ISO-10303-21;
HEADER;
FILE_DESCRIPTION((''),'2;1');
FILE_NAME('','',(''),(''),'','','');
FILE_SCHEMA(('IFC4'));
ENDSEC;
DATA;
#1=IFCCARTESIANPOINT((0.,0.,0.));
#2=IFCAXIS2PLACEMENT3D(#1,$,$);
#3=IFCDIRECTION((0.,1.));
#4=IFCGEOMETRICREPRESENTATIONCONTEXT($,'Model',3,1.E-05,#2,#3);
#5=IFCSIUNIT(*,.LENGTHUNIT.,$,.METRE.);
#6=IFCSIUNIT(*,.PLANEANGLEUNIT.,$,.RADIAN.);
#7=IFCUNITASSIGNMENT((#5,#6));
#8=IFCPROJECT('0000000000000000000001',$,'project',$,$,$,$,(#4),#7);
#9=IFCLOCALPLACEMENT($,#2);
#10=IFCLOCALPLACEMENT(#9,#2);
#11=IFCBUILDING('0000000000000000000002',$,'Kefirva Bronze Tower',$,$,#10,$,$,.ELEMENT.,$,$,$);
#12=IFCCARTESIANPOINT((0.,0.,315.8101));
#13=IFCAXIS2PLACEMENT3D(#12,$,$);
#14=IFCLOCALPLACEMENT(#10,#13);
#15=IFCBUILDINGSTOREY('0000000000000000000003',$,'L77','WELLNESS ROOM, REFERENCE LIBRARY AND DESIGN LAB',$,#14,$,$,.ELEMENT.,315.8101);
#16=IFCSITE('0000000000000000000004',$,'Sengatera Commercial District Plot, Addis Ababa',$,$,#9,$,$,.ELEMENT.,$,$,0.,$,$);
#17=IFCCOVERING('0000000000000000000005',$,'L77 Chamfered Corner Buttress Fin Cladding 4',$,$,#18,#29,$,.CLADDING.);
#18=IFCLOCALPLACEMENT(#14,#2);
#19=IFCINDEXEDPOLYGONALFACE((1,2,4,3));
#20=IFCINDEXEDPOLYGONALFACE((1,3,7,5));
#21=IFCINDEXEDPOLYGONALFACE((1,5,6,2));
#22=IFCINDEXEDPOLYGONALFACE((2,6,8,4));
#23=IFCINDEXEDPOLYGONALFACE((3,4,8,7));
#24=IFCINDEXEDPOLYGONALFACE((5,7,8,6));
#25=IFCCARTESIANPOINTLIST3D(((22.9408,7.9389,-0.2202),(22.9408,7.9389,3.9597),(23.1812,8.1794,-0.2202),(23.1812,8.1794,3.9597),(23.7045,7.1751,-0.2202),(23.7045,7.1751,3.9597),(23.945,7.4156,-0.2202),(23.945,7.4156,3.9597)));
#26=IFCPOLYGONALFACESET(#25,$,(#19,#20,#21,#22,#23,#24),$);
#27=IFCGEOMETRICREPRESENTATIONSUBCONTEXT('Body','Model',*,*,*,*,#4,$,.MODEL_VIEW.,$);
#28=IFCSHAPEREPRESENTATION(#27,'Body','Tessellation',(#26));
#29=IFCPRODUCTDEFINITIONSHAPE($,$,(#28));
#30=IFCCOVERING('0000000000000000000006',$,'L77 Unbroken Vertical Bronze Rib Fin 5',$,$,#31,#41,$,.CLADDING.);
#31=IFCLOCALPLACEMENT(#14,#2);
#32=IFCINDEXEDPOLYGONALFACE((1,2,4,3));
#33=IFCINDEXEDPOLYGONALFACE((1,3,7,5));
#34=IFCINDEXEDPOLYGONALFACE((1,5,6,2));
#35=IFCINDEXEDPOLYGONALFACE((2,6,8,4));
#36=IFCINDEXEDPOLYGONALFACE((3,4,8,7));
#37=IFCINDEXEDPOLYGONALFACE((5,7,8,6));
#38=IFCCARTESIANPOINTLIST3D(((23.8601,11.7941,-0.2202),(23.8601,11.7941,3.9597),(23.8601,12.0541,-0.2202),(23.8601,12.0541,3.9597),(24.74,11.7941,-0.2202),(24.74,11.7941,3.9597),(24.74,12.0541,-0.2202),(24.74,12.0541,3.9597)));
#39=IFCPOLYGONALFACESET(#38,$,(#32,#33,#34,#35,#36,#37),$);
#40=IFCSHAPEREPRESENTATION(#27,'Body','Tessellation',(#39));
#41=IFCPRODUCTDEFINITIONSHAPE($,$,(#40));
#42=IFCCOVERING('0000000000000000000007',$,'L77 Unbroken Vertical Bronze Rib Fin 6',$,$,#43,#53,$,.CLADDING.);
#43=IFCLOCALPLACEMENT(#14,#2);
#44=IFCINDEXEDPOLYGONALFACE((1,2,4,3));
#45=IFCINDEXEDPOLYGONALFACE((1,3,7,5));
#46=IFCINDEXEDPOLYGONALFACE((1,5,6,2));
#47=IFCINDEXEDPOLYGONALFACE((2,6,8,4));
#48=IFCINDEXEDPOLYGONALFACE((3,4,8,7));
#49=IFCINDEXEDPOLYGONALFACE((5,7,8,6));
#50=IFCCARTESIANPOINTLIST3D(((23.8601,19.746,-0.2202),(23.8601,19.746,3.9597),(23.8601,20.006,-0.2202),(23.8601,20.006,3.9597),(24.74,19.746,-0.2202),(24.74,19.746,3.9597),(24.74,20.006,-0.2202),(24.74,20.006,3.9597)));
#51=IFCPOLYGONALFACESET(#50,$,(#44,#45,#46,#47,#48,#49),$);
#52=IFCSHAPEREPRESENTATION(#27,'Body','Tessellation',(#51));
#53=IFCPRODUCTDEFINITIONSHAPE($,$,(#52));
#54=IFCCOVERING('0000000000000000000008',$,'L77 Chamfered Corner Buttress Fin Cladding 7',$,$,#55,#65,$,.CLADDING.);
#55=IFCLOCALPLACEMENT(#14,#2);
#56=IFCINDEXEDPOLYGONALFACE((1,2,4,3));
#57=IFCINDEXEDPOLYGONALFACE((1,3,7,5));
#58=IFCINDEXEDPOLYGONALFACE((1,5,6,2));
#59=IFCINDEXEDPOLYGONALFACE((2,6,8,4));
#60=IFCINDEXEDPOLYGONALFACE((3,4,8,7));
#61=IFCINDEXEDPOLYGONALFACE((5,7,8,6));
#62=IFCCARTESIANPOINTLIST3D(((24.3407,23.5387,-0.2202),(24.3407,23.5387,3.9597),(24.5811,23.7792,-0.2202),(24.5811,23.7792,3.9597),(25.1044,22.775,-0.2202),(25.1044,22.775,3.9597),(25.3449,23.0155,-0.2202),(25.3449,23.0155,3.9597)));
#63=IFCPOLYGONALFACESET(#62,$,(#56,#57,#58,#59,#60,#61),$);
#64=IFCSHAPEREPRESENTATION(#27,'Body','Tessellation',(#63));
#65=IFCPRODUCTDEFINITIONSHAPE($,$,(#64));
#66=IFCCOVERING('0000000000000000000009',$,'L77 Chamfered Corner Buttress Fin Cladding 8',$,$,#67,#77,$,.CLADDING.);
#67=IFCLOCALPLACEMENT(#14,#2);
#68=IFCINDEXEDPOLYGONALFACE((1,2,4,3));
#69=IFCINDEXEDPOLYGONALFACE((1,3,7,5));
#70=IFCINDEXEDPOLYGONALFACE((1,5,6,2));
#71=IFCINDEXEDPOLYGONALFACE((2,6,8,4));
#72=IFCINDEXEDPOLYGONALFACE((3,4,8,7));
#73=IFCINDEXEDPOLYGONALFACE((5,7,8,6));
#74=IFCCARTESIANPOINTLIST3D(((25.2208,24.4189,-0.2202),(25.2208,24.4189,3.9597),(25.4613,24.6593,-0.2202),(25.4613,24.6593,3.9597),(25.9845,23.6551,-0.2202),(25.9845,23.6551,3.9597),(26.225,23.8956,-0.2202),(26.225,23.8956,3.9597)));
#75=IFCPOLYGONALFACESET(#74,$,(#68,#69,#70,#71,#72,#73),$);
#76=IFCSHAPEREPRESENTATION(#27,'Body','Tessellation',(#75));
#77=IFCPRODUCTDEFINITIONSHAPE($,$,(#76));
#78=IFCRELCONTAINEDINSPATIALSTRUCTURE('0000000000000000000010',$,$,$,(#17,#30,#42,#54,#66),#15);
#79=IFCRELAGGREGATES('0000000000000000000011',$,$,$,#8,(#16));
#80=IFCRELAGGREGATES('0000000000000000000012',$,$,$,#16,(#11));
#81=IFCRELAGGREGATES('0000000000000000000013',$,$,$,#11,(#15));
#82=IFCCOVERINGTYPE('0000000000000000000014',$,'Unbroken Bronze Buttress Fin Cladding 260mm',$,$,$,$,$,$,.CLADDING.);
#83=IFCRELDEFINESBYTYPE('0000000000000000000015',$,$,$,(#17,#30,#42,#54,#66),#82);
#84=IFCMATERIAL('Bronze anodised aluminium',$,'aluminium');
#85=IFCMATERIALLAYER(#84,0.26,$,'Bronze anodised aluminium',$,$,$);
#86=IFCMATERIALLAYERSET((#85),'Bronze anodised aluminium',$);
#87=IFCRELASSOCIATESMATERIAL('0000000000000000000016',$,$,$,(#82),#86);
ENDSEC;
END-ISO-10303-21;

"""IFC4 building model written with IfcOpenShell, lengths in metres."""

from ifc_helpers import new_model, si_unit, direction, frame, origin, origin_2d, place, context, subcontext, project, spatial, rectangle, extrude, material, layer, layer_set, type_object, element, save


model = new_model("IFC4")

# Units and contexts
model_context = context("Model", 3, precision=1e-05, world=origin(), true_north=direction((0.0, 1.0)))
body_context = subcontext(model_context, "Body", "Model", "MODEL_VIEW")
ifc_project = project(units=[si_unit("LENGTHUNIT", "METRE"), si_unit("PLANEANGLEUNIT", "RADIAN")], contexts=[model_context])

# Site, building, storey
site_placement = place(None, origin())
site = spatial("IfcSite", under=ifc_project, at=site_placement, Name="Sengatera Commercial District Plot, Addis Ababa", CompositionType="ELEMENT", RefElevation=0.0)
building_placement = place(site_placement, origin())
building = spatial("IfcBuilding", under=site, at=building_placement, Name="Kefirva Bronze Tower", CompositionType="ELEMENT")
storey_placement = place(building_placement, frame((0.0, 0.0, 315.8101)))
storey = spatial("IfcBuildingStorey", under=building, at=storey_placement, Name="L77", Description="WELLNESS ROOM, REFERENCE LIBRARY AND DESIGN LAB", CompositionType="ELEMENT", Elevation=315.8101)

# Coverings
ifc_material_1 = material(Name="Bronze anodised aluminium", Category="aluminium")
ifc_layer_1 = layer(ifc_material_1, 0.26, Name="Bronze anodised aluminium")
ifc_layer_set_1 = layer_set([ifc_layer_1], Name="Bronze anodised aluminium")
covering_type_1 = type_object("IfcCoveringType", Name="Unbroken Bronze Buttress Fin Cladding 260mm", PredefinedType="CLADDING", material=ifc_layer_set_1)
covering_1_placement = place(storey_placement, frame((23.4429, 7.6772, -0.2202), z_axis=(0.0, 0.0, 1.0), x_axis=(0.707107, 0.707107, 0.0)))
element("IfcCovering", 1, at=covering_1_placement, inside=storey, type_object=covering_type_1, Name="L77 Chamfered Corner Buttress Fin Cladding 4", PredefinedType="CLADDING", context=body_context, shape_type="SweptSolid", body=[
    extrude(rectangle(XDim=0.3401, YDim=1.0801, at=origin_2d()), origin(), (0.0, 0.0, 1.0), 4.1799),
])
for number, where, z_axis, x_axis, name in (
    (2, (24.3, 11.9241, -0.2202), (0.0, 0.0, 1.0), (0.0, 1.0, 0.0), "L77 Unbroken Vertical Bronze Rib Fin 5"),
    (3, (24.3, 19.876, -0.2202), (0.0, 0.0, 1.0), (0.0, 1.0, 0.0), "L77 Unbroken Vertical Bronze Rib Fin 6"),
):
    element("IfcCovering", number, at=place(storey_placement, frame(where, z_axis=z_axis, x_axis=x_axis)), inside=storey, type_object=covering_type_1, Name=name, PredefinedType="CLADDING", context=body_context, shape_type="SweptSolid", body=[
        extrude(rectangle(XDim=0.26, YDim=0.8799, at=origin_2d()), origin(), (0.0, 0.0, 1.0), 4.1799),
    ])
for number, where, z_axis, x_axis, name in (
    (4, (24.8428, 23.2771, -0.2202), (0.0, 0.0, 1.0), (0.707107, 0.707107, 0.0), "L77 Chamfered Corner Buttress Fin Cladding 7"),
    (5, (25.7229, 24.1572, -0.2202), (0.0, 0.0, 1.0), (0.707107, 0.707107, 0.0), "L77 Chamfered Corner Buttress Fin Cladding 8"),
):
    element("IfcCovering", number, at=place(storey_placement, frame(where, z_axis=z_axis, x_axis=x_axis)), inside=storey, type_object=covering_type_1, Name=name, PredefinedType="CLADDING", context=body_context, shape_type="SweptSolid", body=[
        extrude(rectangle(XDim=0.3401, YDim=1.0801, at=origin_2d()), origin(), (0.0, 0.0, 1.0), 4.1799),
    ])

save(model, "model.ifc")
